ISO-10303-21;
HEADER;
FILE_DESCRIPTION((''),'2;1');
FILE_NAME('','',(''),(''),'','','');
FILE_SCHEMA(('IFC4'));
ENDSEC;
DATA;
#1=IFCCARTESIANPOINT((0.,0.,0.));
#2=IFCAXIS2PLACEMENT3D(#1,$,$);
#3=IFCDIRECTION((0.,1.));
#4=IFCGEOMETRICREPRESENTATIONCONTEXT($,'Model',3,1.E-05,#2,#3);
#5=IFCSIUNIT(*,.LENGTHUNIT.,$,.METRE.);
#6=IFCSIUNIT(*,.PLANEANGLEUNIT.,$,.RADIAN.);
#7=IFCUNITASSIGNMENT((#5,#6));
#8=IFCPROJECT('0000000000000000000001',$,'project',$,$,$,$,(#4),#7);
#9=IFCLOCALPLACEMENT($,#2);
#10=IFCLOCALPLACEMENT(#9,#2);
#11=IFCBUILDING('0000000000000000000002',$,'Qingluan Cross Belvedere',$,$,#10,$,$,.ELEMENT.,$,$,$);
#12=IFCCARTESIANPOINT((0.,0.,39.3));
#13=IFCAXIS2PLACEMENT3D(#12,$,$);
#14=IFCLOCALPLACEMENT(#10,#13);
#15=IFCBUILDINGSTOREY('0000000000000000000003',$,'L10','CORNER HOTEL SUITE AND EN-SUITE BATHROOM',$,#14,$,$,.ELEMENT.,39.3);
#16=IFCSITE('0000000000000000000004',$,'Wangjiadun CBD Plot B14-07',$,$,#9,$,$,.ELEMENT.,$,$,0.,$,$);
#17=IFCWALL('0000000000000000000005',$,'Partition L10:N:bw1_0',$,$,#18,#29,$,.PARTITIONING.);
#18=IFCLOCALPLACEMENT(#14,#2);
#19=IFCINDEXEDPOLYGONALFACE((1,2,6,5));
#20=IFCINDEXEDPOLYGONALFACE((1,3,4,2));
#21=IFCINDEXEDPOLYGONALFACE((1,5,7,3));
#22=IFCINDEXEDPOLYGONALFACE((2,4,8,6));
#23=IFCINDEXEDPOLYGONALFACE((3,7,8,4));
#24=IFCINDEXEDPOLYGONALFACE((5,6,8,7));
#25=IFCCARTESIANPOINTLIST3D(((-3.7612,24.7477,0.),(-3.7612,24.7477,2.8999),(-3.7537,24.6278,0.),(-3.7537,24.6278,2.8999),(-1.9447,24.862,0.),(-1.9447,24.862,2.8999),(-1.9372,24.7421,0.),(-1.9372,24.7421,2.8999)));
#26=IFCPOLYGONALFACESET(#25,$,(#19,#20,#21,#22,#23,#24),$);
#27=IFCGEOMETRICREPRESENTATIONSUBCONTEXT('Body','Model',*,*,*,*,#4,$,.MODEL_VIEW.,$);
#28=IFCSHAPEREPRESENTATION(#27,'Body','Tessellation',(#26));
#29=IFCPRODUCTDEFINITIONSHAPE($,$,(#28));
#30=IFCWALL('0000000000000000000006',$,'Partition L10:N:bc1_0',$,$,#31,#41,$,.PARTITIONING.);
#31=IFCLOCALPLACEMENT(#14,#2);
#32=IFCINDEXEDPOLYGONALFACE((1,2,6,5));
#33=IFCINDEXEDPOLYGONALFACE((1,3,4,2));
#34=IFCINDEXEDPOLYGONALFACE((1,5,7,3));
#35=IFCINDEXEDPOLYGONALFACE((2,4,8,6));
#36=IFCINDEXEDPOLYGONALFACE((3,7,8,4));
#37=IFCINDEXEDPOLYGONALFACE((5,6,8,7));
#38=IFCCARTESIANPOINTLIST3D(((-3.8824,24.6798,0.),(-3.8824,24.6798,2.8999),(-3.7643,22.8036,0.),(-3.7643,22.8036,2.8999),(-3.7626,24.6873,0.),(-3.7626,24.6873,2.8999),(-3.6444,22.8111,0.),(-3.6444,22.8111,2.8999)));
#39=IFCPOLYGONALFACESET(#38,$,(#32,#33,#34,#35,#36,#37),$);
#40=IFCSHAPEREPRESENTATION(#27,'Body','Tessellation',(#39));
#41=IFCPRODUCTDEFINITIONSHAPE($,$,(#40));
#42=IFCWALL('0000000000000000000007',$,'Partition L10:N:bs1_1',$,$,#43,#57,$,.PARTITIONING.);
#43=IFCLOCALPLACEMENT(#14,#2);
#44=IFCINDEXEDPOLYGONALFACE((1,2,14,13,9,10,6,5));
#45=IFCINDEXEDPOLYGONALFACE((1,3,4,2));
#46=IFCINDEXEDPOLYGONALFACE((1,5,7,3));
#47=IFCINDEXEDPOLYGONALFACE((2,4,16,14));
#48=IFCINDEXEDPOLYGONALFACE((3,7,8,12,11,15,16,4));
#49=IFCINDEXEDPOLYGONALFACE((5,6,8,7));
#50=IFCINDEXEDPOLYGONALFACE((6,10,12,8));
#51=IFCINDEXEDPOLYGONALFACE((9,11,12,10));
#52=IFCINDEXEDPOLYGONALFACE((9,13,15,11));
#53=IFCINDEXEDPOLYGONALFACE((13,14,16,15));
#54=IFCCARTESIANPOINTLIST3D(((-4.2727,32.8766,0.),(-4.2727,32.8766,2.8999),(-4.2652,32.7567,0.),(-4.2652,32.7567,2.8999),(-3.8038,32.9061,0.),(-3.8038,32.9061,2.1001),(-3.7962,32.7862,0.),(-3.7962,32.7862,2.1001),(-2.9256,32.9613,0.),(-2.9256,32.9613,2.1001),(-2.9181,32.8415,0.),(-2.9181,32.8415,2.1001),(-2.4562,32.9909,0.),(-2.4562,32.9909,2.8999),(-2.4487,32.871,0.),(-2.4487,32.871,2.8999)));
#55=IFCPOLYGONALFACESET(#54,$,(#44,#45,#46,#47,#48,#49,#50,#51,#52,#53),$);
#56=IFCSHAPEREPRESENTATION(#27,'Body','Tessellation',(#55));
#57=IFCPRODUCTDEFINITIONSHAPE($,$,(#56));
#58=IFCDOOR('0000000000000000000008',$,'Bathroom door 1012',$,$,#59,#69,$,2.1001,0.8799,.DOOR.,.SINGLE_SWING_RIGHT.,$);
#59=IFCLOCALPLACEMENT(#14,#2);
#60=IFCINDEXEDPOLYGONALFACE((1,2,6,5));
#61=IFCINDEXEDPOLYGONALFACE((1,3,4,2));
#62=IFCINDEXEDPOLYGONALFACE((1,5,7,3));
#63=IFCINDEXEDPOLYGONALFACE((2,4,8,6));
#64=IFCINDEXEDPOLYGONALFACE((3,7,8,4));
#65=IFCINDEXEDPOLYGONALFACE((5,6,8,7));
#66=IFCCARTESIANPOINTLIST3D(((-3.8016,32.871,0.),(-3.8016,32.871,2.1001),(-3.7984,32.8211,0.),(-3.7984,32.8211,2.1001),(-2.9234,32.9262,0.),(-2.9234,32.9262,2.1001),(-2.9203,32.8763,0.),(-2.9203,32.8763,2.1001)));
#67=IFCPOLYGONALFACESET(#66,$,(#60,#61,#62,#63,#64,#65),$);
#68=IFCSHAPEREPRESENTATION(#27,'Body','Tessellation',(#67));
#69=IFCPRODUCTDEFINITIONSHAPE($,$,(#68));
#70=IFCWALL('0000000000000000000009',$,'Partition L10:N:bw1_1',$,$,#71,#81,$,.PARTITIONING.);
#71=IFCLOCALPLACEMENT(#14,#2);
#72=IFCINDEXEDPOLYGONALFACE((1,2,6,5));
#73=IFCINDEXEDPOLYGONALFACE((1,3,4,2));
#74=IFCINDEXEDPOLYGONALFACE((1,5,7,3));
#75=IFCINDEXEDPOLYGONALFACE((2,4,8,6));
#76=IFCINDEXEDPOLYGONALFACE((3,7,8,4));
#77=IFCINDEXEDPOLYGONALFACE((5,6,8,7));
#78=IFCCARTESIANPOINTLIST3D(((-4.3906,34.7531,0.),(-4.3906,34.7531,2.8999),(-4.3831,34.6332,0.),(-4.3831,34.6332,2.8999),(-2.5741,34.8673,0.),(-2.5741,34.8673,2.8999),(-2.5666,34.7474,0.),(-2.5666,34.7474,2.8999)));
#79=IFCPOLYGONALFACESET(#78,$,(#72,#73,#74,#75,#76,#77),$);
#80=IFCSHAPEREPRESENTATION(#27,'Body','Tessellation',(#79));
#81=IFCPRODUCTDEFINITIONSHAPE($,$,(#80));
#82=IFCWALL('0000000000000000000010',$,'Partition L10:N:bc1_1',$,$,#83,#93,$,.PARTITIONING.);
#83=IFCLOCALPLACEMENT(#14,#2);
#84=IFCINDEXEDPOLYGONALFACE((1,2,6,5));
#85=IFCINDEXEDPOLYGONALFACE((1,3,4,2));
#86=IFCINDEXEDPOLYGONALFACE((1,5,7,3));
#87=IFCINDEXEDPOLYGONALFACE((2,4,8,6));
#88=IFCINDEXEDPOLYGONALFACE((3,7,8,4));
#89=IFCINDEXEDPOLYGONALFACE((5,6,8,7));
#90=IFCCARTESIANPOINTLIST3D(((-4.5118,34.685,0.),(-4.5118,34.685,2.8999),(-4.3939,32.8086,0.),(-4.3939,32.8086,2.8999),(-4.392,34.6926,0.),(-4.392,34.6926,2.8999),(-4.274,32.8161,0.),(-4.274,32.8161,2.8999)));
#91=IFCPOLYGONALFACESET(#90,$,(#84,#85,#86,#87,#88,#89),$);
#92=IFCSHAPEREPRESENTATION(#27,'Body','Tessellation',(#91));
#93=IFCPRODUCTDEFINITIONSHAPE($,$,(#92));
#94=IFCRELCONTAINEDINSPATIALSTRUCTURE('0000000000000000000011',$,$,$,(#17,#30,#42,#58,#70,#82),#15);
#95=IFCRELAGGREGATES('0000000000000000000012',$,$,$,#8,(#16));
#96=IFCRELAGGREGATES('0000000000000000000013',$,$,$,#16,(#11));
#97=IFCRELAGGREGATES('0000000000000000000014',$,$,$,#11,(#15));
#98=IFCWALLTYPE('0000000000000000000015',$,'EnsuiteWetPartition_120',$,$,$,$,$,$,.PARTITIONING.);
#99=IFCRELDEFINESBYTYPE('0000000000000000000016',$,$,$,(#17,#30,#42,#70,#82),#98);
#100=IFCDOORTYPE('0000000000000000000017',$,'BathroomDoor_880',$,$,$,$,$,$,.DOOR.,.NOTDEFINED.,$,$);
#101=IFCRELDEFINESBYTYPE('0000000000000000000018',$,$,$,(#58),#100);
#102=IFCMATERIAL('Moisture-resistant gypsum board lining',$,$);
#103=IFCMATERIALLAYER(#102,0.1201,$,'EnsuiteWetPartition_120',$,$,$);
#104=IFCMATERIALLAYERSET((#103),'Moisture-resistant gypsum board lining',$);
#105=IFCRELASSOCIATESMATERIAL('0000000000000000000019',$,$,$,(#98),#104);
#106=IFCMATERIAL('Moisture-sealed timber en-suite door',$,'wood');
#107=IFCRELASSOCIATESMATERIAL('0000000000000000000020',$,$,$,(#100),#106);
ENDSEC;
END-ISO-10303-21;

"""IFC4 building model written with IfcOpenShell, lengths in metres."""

from ifc_helpers import new_model, si_unit, direction, frame, frame_2d, origin, place, context, subcontext, project, spatial, rectangle, extrude, material, layer, layer_set, type_object, element, fill, save


model = new_model("IFC4")

# Units and contexts
model_context = context("Model", 3, precision=1e-05, world=origin(), true_north=direction((0.0, 1.0)))
body_context = subcontext(model_context, "Body", "Model", "MODEL_VIEW")
ifc_project = project(units=[si_unit("LENGTHUNIT", "METRE"), si_unit("PLANEANGLEUNIT", "RADIAN")], contexts=[model_context])

# Site, building, storey
site_placement = place(None, origin())
site = spatial("IfcSite", under=ifc_project, at=site_placement, Name="Wangjiadun CBD Plot B14-07", CompositionType="ELEMENT", RefElevation=0.0)
building_placement = place(site_placement, origin())
building = spatial("IfcBuilding", under=site, at=building_placement, Name="Qingluan Cross Belvedere", CompositionType="ELEMENT")
storey_placement = place(building_placement, frame((0.0, 0.0, 39.3)))
storey = spatial("IfcBuildingStorey", under=building, at=storey_placement, Name="L10", Description="CORNER HOTEL SUITE AND EN-SUITE BATHROOM", CompositionType="ELEMENT", Elevation=39.3)

# Shared definitions
ifc_material_1 = material(Name="Moisture-resistant gypsum board lining")
ifc_layer_1 = layer(ifc_material_1, 0.1201, Name="EnsuiteWetPartition_120")
ifc_layer_set_1 = layer_set([ifc_layer_1], Name="Moisture-resistant gypsum board lining")
wall_type_1 = type_object("IfcWallType", Name="EnsuiteWetPartition_120", PredefinedType="PARTITIONING", material=ifc_layer_set_1)
ifc_material_2 = material(Name="Moisture-sealed timber en-suite door", Category="wood")
door_type_1 = type_object("IfcDoorType", Name="BathroomDoor_880", OperationType="NOTDEFINED", PredefinedType="DOOR", material=ifc_material_2)

# Walls
wall_1_placement = place(storey_placement, frame((-3.7576, 24.6877, 0.0), z_axis=(0.0, 0.0, 1.0), x_axis=(0.998027, 0.062779, 0.0)))
element("IfcWall", 1, at=wall_1_placement, inside=storey, type_object=wall_type_1, Name="Partition L10:N:bw1_0", PredefinedType="PARTITIONING", context=body_context, shape_type="SweptSolid", body=[
    extrude(rectangle(XDim=1.8201, YDim=0.1201, at=frame_2d((0.9102, 0.0))), origin(), (0.0, 0.0, 1.0), 2.8999),
])
wall_2_placement = place(storey_placement, frame((-3.7043, 22.8074, 0.0), z_axis=(0.0, 0.0, 1.0), x_axis=(-0.062855, 0.998023, 0.0)))
element("IfcWall", 2, at=wall_2_placement, inside=storey, type_object=wall_type_1, Name="Partition L10:N:bc1_0", PredefinedType="PARTITIONING", context=body_context, shape_type="SweptSolid", body=[
    extrude(rectangle(XDim=1.8799, YDim=0.1201, at=frame_2d((0.9399, 0.0))), origin(), (0.0, 0.0, 1.0), 2.8999),
])

# Wall, opening, door
wall_3_placement = place(storey_placement, frame((-4.269, 32.8167, 0.0), z_axis=(0.0, 0.0, 1.0), x_axis=(0.998027, 0.062779, 0.0)))
wall_3 = element("IfcWall", 3, at=wall_3_placement, inside=storey, type_object=wall_type_1, Name="Partition L10:N:bs1_1", PredefinedType="PARTITIONING", context=body_context, shape_type="SweptSolid", body=[
    extrude(rectangle(XDim=1.8201, YDim=0.1201, at=frame_2d((0.9102, 0.0))), origin(), (0.0, 0.0, 1.0), 2.8999),
])
opening_1_placement = place(wall_3_placement, frame((0.47, 0.0, 0.0)))
opening_1 = element("IfcOpeningElement", 4, at=opening_1_placement, cuts=wall_3, PredefinedType="OPENING", context=body_context, shape_type="SweptSolid", body=[
    extrude(rectangle(XDim=0.8799, YDim=2.1001, at=frame_2d((0.4399, 1.05))), frame((0.0, 0.0701, 0.0), z_axis=(0.0, -1.0, 0.0), x_axis=(1.0, 0.0, 0.0)), (0.0, 0.0, 1.0), 0.1401),
])
door_1_placement = place(opening_1_placement, origin())
door_1 = element("IfcDoor", 5, at=door_1_placement, inside=storey, type_object=door_type_1, Name="Bathroom door 1012", OperationType="SINGLE_SWING_RIGHT", OverallHeight=2.1001, OverallWidth=0.8799, PredefinedType="DOOR", context=body_context, shape_type="SweptSolid", body=[
    extrude(rectangle(XDim=0.8799, YDim=2.1001, at=frame_2d((0.4399, 1.05))), frame((0.0, 0.0249, 0.0), z_axis=(0.0, -1.0, 0.0), x_axis=(1.0, 0.0, 0.0)), (0.0, 0.0, 1.0), 0.05),
])
fill(opening_1, door_1)

# Walls
wall_4_placement = place(storey_placement, frame((-4.387, 34.6931, 0.0), z_axis=(0.0, 0.0, 1.0), x_axis=(0.998027, 0.062779, 0.0)))
element("IfcWall", 6, at=wall_4_placement, inside=storey, type_object=wall_type_1, Name="Partition L10:N:bw1_1", PredefinedType="PARTITIONING", context=body_context, shape_type="SweptSolid", body=[
    extrude(rectangle(XDim=1.8201, YDim=0.1201, at=frame_2d((0.9102, 0.0))), origin(), (0.0, 0.0, 1.0), 2.8999),
])
wall_5_placement = place(storey_placement, frame((-4.334, 32.8125, 0.0), z_axis=(0.0, 0.0, 1.0), x_axis=(-0.062718, 0.998031, 0.0)))
element("IfcWall", 7, at=wall_5_placement, inside=storey, type_object=wall_type_1, Name="Partition L10:N:bc1_1", PredefinedType="PARTITIONING", context=body_context, shape_type="SweptSolid", body=[
    extrude(rectangle(XDim=1.8801, YDim=0.1201, at=frame_2d((0.9399, 0.0))), origin(), (0.0, 0.0, 1.0), 2.8999),
])

save(model, "model.ifc")
